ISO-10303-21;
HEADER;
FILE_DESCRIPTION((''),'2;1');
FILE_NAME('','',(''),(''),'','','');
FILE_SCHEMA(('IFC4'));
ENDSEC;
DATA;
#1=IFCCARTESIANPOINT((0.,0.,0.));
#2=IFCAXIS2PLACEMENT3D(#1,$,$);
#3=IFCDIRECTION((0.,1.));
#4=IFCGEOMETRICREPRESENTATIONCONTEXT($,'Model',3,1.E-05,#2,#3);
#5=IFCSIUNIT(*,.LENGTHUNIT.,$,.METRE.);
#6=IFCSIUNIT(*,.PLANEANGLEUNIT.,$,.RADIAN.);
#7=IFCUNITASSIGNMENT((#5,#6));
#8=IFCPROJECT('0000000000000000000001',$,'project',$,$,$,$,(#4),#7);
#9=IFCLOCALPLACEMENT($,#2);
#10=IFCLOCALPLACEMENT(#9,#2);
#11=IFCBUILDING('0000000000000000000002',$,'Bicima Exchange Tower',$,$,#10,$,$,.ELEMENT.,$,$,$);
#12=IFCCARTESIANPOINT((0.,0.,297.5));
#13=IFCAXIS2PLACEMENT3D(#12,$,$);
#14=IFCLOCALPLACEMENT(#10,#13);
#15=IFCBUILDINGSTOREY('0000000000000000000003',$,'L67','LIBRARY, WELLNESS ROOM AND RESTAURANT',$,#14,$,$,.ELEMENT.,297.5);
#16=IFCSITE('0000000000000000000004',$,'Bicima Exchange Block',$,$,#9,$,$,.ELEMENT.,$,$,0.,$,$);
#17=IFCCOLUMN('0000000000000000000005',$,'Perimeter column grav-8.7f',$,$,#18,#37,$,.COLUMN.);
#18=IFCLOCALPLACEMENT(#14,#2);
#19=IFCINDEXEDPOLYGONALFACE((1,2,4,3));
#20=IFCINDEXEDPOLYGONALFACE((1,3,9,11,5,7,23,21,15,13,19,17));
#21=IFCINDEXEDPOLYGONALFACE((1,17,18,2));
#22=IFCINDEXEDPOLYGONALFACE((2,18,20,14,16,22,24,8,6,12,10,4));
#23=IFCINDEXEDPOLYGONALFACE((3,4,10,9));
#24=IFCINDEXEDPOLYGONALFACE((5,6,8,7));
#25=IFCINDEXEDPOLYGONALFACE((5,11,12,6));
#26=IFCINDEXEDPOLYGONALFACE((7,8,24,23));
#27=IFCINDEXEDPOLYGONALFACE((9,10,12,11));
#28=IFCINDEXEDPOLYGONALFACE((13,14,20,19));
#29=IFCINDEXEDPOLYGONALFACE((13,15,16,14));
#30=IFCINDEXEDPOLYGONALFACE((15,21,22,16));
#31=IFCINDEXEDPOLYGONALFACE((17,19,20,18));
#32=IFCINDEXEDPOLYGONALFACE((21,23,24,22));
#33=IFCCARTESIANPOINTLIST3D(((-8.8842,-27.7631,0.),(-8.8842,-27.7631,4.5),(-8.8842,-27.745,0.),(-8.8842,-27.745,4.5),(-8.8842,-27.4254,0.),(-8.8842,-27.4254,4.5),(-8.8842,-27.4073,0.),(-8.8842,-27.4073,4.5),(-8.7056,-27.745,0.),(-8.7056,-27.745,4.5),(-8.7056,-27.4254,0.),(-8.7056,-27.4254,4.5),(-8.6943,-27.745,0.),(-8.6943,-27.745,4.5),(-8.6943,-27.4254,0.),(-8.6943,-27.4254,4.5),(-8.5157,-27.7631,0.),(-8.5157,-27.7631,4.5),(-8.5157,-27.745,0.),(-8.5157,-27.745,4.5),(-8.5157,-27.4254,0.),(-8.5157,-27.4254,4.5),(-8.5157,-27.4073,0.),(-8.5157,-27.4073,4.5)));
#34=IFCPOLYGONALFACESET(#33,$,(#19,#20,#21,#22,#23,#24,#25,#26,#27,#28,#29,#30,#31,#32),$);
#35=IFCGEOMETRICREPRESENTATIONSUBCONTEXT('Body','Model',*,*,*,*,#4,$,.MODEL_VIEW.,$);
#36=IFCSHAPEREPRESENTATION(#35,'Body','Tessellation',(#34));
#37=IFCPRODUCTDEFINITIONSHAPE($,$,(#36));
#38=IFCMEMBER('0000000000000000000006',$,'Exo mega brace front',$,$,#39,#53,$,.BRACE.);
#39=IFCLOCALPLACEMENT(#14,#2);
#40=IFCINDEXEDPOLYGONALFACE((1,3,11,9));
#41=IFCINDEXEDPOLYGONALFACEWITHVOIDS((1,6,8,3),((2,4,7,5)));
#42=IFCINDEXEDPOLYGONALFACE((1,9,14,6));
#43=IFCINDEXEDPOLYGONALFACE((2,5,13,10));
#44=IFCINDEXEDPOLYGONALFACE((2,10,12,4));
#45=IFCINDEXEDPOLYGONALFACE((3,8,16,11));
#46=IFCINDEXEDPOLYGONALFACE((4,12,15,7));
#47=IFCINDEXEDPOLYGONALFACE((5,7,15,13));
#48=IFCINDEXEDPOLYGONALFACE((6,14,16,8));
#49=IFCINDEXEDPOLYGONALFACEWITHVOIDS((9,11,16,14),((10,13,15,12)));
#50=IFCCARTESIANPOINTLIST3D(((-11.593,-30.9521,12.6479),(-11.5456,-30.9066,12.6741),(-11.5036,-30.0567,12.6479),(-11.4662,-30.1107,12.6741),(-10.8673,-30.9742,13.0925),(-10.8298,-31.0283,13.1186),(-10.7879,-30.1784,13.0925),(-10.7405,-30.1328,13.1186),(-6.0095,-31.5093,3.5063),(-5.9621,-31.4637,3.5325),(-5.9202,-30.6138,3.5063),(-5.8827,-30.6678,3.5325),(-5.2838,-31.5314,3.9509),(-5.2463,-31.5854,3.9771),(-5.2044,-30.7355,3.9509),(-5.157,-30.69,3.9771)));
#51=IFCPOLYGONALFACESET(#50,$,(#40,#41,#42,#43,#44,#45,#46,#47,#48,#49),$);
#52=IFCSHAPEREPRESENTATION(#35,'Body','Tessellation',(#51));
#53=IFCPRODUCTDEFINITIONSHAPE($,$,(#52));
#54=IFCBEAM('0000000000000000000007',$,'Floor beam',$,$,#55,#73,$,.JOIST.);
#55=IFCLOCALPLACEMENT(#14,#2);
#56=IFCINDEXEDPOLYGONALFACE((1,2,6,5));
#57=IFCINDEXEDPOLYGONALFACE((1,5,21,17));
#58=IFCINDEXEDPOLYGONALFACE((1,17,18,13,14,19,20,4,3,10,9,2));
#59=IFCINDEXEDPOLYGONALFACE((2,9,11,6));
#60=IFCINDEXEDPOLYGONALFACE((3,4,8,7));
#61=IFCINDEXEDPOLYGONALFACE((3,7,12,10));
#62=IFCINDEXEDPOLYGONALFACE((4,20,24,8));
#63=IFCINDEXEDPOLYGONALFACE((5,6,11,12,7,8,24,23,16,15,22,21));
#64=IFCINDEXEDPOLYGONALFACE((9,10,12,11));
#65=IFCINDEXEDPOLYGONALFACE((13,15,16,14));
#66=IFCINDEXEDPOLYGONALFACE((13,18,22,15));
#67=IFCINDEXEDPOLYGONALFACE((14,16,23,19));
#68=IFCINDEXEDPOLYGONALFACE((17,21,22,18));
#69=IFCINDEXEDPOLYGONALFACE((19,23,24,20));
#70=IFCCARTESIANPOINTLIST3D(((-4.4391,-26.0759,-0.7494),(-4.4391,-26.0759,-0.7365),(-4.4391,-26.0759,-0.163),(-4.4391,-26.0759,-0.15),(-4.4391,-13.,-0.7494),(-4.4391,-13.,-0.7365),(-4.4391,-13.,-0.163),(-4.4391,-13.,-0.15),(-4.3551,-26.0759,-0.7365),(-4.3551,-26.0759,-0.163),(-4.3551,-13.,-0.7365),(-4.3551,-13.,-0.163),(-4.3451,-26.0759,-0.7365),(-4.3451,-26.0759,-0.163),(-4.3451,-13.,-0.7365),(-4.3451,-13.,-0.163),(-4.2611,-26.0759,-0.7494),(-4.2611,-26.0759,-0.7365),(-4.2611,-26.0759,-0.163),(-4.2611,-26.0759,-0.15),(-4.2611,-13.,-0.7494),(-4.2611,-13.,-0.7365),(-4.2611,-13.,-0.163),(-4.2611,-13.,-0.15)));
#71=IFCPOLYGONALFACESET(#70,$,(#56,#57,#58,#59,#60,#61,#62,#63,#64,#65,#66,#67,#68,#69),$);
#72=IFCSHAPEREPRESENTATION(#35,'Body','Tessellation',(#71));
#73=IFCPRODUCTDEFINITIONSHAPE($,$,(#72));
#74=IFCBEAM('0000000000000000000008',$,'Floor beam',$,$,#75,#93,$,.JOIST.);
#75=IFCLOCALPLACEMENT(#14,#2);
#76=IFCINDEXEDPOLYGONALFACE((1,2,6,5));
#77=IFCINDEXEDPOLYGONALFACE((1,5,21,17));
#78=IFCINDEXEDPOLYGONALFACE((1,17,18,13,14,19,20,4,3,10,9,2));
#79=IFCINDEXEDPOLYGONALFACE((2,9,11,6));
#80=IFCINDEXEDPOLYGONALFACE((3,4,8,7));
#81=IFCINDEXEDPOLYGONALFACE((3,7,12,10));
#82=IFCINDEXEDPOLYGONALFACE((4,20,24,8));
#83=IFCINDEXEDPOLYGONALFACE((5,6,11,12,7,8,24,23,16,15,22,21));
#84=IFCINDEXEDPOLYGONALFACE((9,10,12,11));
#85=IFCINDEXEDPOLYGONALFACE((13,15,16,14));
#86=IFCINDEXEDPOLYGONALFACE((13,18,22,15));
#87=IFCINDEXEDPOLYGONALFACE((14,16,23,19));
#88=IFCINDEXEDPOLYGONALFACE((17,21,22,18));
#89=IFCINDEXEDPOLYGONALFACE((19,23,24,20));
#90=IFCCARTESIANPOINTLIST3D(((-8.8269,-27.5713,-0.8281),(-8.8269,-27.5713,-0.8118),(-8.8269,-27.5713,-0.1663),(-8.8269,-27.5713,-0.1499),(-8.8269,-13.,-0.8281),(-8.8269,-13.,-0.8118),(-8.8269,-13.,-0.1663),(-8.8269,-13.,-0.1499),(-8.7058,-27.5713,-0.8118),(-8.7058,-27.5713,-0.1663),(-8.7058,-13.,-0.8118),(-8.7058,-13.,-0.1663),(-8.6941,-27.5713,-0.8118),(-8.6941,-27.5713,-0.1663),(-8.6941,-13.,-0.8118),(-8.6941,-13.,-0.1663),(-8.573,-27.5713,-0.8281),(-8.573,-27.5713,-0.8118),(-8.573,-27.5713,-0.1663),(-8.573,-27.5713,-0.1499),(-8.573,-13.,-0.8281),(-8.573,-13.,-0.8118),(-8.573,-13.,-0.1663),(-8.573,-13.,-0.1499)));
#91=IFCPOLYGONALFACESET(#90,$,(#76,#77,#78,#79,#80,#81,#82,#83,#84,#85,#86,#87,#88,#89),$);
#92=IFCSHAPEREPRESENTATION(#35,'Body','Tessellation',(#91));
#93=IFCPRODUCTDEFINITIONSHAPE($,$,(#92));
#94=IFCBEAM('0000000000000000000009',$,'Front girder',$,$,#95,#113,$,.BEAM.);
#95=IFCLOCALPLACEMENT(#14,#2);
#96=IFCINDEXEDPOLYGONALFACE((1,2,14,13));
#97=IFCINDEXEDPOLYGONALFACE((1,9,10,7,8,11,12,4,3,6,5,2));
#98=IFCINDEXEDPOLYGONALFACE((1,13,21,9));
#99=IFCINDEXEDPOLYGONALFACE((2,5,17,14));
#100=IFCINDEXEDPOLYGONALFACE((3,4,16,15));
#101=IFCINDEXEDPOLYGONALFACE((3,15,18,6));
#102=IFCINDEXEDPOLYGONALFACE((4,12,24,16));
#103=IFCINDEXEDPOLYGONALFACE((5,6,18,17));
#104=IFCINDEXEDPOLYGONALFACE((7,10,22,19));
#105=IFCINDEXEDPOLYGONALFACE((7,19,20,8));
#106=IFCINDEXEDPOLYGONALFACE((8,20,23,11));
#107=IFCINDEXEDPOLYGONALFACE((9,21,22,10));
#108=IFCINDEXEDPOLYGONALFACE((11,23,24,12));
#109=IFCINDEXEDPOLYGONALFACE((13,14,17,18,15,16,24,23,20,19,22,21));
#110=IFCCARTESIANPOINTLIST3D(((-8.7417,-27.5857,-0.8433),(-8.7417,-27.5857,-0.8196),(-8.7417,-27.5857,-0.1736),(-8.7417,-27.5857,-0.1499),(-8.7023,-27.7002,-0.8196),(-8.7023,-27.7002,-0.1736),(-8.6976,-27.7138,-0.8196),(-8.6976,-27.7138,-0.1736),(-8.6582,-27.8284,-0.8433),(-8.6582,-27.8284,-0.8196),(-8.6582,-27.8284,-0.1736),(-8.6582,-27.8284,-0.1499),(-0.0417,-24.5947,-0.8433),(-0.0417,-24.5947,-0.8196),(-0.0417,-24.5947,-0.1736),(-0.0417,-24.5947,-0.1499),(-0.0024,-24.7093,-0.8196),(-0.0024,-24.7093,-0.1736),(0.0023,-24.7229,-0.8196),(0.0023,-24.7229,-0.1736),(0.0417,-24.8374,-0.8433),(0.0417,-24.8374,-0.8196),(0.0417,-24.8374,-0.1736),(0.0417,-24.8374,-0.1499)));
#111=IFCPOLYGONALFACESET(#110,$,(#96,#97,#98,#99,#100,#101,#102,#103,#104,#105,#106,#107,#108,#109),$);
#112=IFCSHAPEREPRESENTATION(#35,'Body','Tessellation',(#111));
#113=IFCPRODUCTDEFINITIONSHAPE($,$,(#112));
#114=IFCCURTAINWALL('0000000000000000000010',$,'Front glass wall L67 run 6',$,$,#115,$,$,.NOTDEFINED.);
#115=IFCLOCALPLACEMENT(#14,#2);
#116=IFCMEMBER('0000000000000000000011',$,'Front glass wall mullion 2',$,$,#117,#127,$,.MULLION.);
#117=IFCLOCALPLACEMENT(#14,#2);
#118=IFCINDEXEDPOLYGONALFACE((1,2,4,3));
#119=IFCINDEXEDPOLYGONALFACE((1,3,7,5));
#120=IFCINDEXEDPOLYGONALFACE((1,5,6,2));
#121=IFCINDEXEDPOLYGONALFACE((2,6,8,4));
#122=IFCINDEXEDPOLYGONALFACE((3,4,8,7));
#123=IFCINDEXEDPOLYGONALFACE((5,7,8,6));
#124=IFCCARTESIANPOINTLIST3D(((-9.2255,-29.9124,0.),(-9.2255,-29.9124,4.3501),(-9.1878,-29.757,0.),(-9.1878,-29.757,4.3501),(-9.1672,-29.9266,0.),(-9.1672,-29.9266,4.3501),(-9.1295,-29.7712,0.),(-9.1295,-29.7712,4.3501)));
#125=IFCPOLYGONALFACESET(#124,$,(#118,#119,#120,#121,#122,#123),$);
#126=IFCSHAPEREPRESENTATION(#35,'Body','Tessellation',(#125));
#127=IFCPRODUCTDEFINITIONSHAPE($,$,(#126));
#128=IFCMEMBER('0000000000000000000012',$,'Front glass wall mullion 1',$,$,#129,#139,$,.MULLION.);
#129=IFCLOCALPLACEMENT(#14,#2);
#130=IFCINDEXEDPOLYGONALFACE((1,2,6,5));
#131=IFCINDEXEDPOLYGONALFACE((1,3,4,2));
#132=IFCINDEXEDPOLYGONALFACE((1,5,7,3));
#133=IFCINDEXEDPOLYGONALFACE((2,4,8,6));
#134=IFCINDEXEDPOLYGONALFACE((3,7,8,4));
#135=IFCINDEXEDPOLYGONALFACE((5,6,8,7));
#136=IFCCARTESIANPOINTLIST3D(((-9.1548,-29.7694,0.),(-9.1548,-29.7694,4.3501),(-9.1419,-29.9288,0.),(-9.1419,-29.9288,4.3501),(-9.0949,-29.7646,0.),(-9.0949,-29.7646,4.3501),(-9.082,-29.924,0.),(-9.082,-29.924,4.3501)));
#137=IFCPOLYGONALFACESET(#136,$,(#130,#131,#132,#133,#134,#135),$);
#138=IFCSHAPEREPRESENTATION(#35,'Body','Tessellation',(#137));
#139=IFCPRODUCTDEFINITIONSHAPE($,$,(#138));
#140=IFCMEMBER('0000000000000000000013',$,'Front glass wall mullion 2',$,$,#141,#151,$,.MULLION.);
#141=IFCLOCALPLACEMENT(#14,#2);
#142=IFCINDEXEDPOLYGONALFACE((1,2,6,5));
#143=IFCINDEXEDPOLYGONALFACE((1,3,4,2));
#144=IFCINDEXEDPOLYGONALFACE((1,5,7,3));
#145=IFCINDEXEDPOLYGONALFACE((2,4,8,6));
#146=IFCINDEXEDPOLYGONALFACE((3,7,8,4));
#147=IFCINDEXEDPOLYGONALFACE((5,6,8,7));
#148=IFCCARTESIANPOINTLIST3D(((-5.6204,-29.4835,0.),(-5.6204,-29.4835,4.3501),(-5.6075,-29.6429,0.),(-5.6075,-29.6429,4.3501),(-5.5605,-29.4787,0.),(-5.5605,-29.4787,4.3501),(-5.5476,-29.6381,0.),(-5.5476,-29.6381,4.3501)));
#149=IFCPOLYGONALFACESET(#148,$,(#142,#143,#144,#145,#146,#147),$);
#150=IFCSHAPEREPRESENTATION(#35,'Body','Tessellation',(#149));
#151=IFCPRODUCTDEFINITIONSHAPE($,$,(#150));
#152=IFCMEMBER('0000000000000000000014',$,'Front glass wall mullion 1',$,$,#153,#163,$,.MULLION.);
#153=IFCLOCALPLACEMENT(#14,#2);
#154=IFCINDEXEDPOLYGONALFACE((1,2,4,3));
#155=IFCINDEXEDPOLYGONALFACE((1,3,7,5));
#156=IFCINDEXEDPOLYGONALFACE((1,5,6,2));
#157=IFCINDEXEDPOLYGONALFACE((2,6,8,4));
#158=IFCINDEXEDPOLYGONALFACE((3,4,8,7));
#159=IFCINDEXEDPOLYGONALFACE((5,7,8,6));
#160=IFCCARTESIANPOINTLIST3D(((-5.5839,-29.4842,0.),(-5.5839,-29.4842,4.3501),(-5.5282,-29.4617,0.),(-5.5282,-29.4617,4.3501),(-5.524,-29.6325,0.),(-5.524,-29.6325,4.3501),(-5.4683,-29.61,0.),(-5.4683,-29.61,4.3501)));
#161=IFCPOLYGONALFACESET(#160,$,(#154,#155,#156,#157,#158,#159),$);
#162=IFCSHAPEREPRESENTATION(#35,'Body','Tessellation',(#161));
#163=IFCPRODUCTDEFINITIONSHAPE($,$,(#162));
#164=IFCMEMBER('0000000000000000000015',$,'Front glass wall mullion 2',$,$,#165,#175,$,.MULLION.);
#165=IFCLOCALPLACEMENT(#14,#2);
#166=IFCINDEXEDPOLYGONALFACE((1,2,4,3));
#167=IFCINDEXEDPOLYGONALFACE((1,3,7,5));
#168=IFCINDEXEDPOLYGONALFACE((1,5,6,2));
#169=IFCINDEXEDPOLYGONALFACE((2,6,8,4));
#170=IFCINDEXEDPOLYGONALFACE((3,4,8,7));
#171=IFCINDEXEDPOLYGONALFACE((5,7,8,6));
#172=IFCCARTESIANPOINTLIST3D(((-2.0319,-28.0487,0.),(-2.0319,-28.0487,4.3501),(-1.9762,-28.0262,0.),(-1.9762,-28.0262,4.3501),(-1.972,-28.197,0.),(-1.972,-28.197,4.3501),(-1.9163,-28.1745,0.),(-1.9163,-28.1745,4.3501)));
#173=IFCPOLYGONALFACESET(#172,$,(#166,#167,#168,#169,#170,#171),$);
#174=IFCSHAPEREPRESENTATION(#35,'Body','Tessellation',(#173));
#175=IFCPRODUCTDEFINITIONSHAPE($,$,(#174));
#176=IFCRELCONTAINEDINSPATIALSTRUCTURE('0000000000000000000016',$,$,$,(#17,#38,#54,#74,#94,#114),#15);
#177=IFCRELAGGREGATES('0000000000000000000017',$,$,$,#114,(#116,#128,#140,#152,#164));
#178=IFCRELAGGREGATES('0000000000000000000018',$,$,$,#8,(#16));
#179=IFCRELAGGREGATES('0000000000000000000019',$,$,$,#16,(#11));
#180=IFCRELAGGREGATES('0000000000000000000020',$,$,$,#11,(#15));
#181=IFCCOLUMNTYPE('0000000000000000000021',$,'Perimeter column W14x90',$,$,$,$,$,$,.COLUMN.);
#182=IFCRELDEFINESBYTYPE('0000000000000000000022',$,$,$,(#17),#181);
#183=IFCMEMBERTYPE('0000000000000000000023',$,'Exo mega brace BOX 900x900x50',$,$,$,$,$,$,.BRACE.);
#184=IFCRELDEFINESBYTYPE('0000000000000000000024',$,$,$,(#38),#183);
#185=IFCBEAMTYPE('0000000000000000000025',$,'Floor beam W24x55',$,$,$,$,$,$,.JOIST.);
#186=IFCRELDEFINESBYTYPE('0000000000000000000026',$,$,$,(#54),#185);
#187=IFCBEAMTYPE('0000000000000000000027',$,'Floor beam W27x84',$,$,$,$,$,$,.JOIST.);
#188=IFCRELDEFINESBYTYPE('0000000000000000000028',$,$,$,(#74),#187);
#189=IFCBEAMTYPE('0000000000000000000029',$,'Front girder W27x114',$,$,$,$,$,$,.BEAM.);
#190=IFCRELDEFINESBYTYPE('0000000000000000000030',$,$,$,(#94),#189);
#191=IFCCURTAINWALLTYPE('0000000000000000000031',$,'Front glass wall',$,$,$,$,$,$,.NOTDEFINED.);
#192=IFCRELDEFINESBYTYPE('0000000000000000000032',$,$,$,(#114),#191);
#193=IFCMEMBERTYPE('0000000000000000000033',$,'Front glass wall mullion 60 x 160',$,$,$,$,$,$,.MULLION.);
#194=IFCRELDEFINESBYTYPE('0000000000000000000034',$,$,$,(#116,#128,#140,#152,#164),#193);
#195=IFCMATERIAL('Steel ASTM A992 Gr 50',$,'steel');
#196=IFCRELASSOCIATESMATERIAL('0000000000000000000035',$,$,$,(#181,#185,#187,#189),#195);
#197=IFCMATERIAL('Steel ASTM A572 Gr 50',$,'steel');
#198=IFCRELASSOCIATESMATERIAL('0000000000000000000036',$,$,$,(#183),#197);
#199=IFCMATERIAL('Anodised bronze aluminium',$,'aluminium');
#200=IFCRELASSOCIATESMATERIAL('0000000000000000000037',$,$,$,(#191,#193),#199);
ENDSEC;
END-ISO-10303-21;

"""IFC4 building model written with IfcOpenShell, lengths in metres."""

from ifc_helpers import new_model, si_unit, direction, frame, origin, origin_2d, place, context, subcontext, project, spatial, rectangle, hollow_rectangle, i_section, extrude, material, material_profile, profile_set, type_object, element, aggregate, save


model = new_model("IFC4")

# Units and contexts
model_context = context("Model", 3, precision=1e-05, world=origin(), true_north=direction((0.0, 1.0)))
body_context = subcontext(model_context, "Body", "Model", "MODEL_VIEW")
ifc_project = project(units=[si_unit("LENGTHUNIT", "METRE"), si_unit("PLANEANGLEUNIT", "RADIAN")], contexts=[model_context])

# Site, building, storey
site_placement = place(None, origin())
site = spatial("IfcSite", under=ifc_project, at=site_placement, Name="Bicima Exchange Block", CompositionType="ELEMENT", RefElevation=0.0)
building_placement = place(site_placement, origin())
building = spatial("IfcBuilding", under=site, at=building_placement, Name="Bicima Exchange Tower", CompositionType="ELEMENT")
storey_placement = place(building_placement, frame((0.0, 0.0, 297.5)))
storey = spatial("IfcBuildingStorey", under=building, at=storey_placement, Name="L67", Description="LIBRARY, WELLNESS ROOM AND RESTAURANT", CompositionType="ELEMENT", Elevation=297.5)

# Column
ifc_material_1 = material(Name="Steel ASTM A992 Gr 50", Category="steel")
ifc_material_profile_1 = material_profile(ifc_material_1, i_section(OverallWidth=0.3684, OverallDepth=0.3557, WebThickness=0.0112, FlangeThickness=0.0181, at=origin_2d()))
ifc_profile_set_1 = profile_set([ifc_material_profile_1], Name="Steel ASTM A992 Gr 50")
column_type = type_object("IfcColumnType", Name="Perimeter column W14x90", PredefinedType="COLUMN", material=ifc_profile_set_1)
column_placement = place(storey_placement, frame((-8.7, -27.5852, 0.0), z_axis=(0.0, 0.0, 1.0), x_axis=(1.0, 0.0, 0.0)))
element("IfcColumn", 1, at=column_placement, inside=storey, type_object=column_type, Name="Perimeter column grav-8.7f", PredefinedType="COLUMN", context=body_context, shape_type="SweptSolid", body=[
    extrude(i_section(OverallWidth=0.3684, OverallDepth=0.3557, WebThickness=0.0112, FlangeThickness=0.0181, at=origin_2d()), origin(), (0.0, 0.0, 1.0), 4.5),
])

# Member
ifc_material_2 = material(Name="Steel ASTM A572 Gr 50", Category="steel")
ifc_material_profile_2 = material_profile(ifc_material_2, hollow_rectangle(XDim=0.8999, YDim=0.8999, WallThickness=0.05, at=origin_2d()))
ifc_profile_set_2 = profile_set([ifc_material_profile_2], Name="Steel ASTM A572 Gr 50")
member_type_1 = type_object("IfcMemberType", Name="Exo mega brace BOX 900x900x50", PredefinedType="BRACE", material=ifc_profile_set_2)
member_1_placement = place(storey_placement, frame((-5.5833, -31.0996, 3.7417), z_axis=(-0.52054, 0.05194, 0.852256), x_axis=(-0.099288, -0.995059, 0.0)))
element("IfcMember", 2, at=member_1_placement, inside=storey, type_object=member_type_1, Name="Exo mega brace front", PredefinedType="BRACE", context=body_context, shape_type="SweptSolid", body=[
    extrude(hollow_rectangle(XDim=0.8999, YDim=0.8999, WallThickness=0.05, at=origin_2d()), origin(), (0.0, 0.0, 1.0), 10.7263),
])

# Beams
ifc_material_profile_3 = material_profile(ifc_material_1, i_section(OverallWidth=0.178, OverallDepth=0.5994, WebThickness=0.01, FlangeThickness=0.0129, at=origin_2d()))
ifc_profile_set_3 = profile_set([ifc_material_profile_3], Name="Steel ASTM A992 Gr 50")
beam_type_1 = type_object("IfcBeamType", Name="Floor beam W24x55", PredefinedType="JOIST", material=ifc_profile_set_3)
beam_1_placement = place(storey_placement, frame((-4.3501, -13.0, -0.4497), z_axis=(0.0, -1.0, 0.0), x_axis=(1.0, 0.0, 0.0)))
element("IfcBeam", 3, at=beam_1_placement, inside=storey, type_object=beam_type_1, Name="Floor beam", PredefinedType="JOIST", context=body_context, shape_type="SweptSolid", body=[
    extrude(i_section(OverallWidth=0.178, OverallDepth=0.5994, WebThickness=0.01, FlangeThickness=0.0129, at=origin_2d()), origin(), (0.0, 0.0, 1.0), 13.0759),
])
ifc_material_profile_4 = material_profile(ifc_material_1, i_section(OverallWidth=0.2539, OverallDepth=0.6782, WebThickness=0.0117, FlangeThickness=0.0164, at=origin_2d()))
ifc_profile_set_4 = profile_set([ifc_material_profile_4], Name="Steel ASTM A992 Gr 50")
beam_type_2 = type_object("IfcBeamType", Name="Floor beam W27x84", PredefinedType="JOIST", material=ifc_profile_set_4)
beam_2_placement = place(storey_placement, frame((-8.7, -13.0, -0.489), z_axis=(0.0, -1.0, 0.0), x_axis=(1.0, 0.0, 0.0)))
element("IfcBeam", 4, at=beam_2_placement, inside=storey, type_object=beam_type_2, Name="Floor beam", PredefinedType="JOIST", context=body_context, shape_type="SweptSolid", body=[
    extrude(i_section(OverallWidth=0.2539, OverallDepth=0.6782, WebThickness=0.0117, FlangeThickness=0.0164, at=origin_2d()), origin(), (0.0, 0.0, 1.0), 14.5713),
])
ifc_material_profile_5 = material_profile(ifc_material_1, i_section(OverallWidth=0.2566, OverallDepth=0.6934, WebThickness=0.0144, FlangeThickness=0.0237, at=origin_2d()))
ifc_profile_set_5 = profile_set([ifc_material_profile_5], Name="Steel ASTM A992 Gr 50")
beam_type_3 = type_object("IfcBeamType", Name="Front girder W27x114", PredefinedType="BEAM", material=ifc_profile_set_5)
beam_3_placement = place(storey_placement, frame((-8.7, -27.707, -0.4966), z_axis=(0.945675, 0.325115, 0.0), x_axis=(-0.325115, 0.945675, 0.0)))
element("IfcBeam", 5, at=beam_3_placement, inside=storey, type_object=beam_type_3, Name="Front girder", PredefinedType="BEAM", context=body_context, shape_type="SweptSolid", body=[
    extrude(i_section(OverallWidth=0.2566, OverallDepth=0.6934, WebThickness=0.0144, FlangeThickness=0.0237, at=origin_2d()), origin(), (0.0, 0.0, 1.0), 9.1997),
])

# Curtain wall, members
ifc_material_3 = material(Name="Anodised bronze aluminium", Category="aluminium")
curtain_wall_type = type_object("IfcCurtainWallType", Name="Front glass wall", PredefinedType="NOTDEFINED", material=ifc_material_3)
curtain_wall_placement = place(storey_placement, origin())
curtain_wall = element("IfcCurtainWall", 6, at=curtain_wall_placement, inside=storey, type_object=curtain_wall_type, Name="Front glass wall L67 run 6", PredefinedType="NOTDEFINED")
ifc_material_profile_6 = material_profile(ifc_material_3, rectangle(XDim=0.1599, YDim=0.0601, at=origin_2d()))
ifc_profile_set_6 = profile_set([ifc_material_profile_6], Name="Anodised bronze aluminium")
member_type_2 = type_object("IfcMemberType", Name="Front glass wall mullion 60 x 160", PredefinedType="MULLION", material=ifc_profile_set_6)
member_2_placement = place(storey_placement, frame((-9.1775, -29.8418, 0.0), z_axis=(0.0, 0.0, 1.0), x_axis=(0.235682, 0.97183, 0.0)))
member_2 = element("IfcMember", 7, at=member_2_placement, type_object=member_type_2, Name="Front glass wall mullion 2", PredefinedType="MULLION", context=body_context, shape_type="SweptSolid", body=[
    extrude(rectangle(XDim=0.1599, YDim=0.0601, at=origin_2d()), origin(), (0.0, 0.0, 1.0), 4.3501),
])
member_3_placement = place(storey_placement, frame((-9.1184, -29.8467, 0.0), z_axis=(0.0, 0.0, 1.0), x_axis=(-0.080589, 0.996747, 0.0)))
member_3 = element("IfcMember", 8, at=member_3_placement, type_object=member_type_2, Name="Front glass wall mullion 1", PredefinedType="MULLION", context=body_context, shape_type="SweptSolid", body=[
    extrude(rectangle(XDim=0.1599, YDim=0.0601, at=origin_2d()), origin(), (0.0, 0.0, 1.0), 4.3501),
])
member_4_placement = place(storey_placement, frame((-5.584, -29.5608, 0.0), z_axis=(0.0, 0.0, 1.0), x_axis=(-0.080589, 0.996747, 0.0)))
member_4 = element("IfcMember", 9, at=member_4_placement, type_object=member_type_2, Name="Front glass wall mullion 2", PredefinedType="MULLION", context=body_context, shape_type="SweptSolid", body=[
    extrude(rectangle(XDim=0.1599, YDim=0.0601, at=origin_2d()), origin(), (0.0, 0.0, 1.0), 4.3501),
])
member_5_placement = place(storey_placement, frame((-5.5261, -29.5471, 0.0), z_axis=(0.0, 0.0, 1.0), x_axis=(-0.374705, 0.927144, 0.0)))
member_5 = element("IfcMember", 10, at=member_5_placement, type_object=member_type_2, Name="Front glass wall mullion 1", PredefinedType="MULLION", context=body_context, shape_type="SweptSolid", body=[
    extrude(rectangle(XDim=0.1599, YDim=0.0601, at=origin_2d()), origin(), (0.0, 0.0, 1.0), 4.3501),
])
member_6_placement = place(storey_placement, frame((-1.9741, -28.1116, 0.0), z_axis=(0.0, 0.0, 1.0), x_axis=(-0.374705, 0.927144, 0.0)))
member_6 = element("IfcMember", 11, at=member_6_placement, type_object=member_type_2, Name="Front glass wall mullion 2", PredefinedType="MULLION", context=body_context, shape_type="SweptSolid", body=[
    extrude(rectangle(XDim=0.1599, YDim=0.0601, at=origin_2d()), origin(), (0.0, 0.0, 1.0), 4.3501),
])

aggregate(curtain_wall, [member_2, member_3, member_4, member_5, member_6])

save(model, "model.ifc")
